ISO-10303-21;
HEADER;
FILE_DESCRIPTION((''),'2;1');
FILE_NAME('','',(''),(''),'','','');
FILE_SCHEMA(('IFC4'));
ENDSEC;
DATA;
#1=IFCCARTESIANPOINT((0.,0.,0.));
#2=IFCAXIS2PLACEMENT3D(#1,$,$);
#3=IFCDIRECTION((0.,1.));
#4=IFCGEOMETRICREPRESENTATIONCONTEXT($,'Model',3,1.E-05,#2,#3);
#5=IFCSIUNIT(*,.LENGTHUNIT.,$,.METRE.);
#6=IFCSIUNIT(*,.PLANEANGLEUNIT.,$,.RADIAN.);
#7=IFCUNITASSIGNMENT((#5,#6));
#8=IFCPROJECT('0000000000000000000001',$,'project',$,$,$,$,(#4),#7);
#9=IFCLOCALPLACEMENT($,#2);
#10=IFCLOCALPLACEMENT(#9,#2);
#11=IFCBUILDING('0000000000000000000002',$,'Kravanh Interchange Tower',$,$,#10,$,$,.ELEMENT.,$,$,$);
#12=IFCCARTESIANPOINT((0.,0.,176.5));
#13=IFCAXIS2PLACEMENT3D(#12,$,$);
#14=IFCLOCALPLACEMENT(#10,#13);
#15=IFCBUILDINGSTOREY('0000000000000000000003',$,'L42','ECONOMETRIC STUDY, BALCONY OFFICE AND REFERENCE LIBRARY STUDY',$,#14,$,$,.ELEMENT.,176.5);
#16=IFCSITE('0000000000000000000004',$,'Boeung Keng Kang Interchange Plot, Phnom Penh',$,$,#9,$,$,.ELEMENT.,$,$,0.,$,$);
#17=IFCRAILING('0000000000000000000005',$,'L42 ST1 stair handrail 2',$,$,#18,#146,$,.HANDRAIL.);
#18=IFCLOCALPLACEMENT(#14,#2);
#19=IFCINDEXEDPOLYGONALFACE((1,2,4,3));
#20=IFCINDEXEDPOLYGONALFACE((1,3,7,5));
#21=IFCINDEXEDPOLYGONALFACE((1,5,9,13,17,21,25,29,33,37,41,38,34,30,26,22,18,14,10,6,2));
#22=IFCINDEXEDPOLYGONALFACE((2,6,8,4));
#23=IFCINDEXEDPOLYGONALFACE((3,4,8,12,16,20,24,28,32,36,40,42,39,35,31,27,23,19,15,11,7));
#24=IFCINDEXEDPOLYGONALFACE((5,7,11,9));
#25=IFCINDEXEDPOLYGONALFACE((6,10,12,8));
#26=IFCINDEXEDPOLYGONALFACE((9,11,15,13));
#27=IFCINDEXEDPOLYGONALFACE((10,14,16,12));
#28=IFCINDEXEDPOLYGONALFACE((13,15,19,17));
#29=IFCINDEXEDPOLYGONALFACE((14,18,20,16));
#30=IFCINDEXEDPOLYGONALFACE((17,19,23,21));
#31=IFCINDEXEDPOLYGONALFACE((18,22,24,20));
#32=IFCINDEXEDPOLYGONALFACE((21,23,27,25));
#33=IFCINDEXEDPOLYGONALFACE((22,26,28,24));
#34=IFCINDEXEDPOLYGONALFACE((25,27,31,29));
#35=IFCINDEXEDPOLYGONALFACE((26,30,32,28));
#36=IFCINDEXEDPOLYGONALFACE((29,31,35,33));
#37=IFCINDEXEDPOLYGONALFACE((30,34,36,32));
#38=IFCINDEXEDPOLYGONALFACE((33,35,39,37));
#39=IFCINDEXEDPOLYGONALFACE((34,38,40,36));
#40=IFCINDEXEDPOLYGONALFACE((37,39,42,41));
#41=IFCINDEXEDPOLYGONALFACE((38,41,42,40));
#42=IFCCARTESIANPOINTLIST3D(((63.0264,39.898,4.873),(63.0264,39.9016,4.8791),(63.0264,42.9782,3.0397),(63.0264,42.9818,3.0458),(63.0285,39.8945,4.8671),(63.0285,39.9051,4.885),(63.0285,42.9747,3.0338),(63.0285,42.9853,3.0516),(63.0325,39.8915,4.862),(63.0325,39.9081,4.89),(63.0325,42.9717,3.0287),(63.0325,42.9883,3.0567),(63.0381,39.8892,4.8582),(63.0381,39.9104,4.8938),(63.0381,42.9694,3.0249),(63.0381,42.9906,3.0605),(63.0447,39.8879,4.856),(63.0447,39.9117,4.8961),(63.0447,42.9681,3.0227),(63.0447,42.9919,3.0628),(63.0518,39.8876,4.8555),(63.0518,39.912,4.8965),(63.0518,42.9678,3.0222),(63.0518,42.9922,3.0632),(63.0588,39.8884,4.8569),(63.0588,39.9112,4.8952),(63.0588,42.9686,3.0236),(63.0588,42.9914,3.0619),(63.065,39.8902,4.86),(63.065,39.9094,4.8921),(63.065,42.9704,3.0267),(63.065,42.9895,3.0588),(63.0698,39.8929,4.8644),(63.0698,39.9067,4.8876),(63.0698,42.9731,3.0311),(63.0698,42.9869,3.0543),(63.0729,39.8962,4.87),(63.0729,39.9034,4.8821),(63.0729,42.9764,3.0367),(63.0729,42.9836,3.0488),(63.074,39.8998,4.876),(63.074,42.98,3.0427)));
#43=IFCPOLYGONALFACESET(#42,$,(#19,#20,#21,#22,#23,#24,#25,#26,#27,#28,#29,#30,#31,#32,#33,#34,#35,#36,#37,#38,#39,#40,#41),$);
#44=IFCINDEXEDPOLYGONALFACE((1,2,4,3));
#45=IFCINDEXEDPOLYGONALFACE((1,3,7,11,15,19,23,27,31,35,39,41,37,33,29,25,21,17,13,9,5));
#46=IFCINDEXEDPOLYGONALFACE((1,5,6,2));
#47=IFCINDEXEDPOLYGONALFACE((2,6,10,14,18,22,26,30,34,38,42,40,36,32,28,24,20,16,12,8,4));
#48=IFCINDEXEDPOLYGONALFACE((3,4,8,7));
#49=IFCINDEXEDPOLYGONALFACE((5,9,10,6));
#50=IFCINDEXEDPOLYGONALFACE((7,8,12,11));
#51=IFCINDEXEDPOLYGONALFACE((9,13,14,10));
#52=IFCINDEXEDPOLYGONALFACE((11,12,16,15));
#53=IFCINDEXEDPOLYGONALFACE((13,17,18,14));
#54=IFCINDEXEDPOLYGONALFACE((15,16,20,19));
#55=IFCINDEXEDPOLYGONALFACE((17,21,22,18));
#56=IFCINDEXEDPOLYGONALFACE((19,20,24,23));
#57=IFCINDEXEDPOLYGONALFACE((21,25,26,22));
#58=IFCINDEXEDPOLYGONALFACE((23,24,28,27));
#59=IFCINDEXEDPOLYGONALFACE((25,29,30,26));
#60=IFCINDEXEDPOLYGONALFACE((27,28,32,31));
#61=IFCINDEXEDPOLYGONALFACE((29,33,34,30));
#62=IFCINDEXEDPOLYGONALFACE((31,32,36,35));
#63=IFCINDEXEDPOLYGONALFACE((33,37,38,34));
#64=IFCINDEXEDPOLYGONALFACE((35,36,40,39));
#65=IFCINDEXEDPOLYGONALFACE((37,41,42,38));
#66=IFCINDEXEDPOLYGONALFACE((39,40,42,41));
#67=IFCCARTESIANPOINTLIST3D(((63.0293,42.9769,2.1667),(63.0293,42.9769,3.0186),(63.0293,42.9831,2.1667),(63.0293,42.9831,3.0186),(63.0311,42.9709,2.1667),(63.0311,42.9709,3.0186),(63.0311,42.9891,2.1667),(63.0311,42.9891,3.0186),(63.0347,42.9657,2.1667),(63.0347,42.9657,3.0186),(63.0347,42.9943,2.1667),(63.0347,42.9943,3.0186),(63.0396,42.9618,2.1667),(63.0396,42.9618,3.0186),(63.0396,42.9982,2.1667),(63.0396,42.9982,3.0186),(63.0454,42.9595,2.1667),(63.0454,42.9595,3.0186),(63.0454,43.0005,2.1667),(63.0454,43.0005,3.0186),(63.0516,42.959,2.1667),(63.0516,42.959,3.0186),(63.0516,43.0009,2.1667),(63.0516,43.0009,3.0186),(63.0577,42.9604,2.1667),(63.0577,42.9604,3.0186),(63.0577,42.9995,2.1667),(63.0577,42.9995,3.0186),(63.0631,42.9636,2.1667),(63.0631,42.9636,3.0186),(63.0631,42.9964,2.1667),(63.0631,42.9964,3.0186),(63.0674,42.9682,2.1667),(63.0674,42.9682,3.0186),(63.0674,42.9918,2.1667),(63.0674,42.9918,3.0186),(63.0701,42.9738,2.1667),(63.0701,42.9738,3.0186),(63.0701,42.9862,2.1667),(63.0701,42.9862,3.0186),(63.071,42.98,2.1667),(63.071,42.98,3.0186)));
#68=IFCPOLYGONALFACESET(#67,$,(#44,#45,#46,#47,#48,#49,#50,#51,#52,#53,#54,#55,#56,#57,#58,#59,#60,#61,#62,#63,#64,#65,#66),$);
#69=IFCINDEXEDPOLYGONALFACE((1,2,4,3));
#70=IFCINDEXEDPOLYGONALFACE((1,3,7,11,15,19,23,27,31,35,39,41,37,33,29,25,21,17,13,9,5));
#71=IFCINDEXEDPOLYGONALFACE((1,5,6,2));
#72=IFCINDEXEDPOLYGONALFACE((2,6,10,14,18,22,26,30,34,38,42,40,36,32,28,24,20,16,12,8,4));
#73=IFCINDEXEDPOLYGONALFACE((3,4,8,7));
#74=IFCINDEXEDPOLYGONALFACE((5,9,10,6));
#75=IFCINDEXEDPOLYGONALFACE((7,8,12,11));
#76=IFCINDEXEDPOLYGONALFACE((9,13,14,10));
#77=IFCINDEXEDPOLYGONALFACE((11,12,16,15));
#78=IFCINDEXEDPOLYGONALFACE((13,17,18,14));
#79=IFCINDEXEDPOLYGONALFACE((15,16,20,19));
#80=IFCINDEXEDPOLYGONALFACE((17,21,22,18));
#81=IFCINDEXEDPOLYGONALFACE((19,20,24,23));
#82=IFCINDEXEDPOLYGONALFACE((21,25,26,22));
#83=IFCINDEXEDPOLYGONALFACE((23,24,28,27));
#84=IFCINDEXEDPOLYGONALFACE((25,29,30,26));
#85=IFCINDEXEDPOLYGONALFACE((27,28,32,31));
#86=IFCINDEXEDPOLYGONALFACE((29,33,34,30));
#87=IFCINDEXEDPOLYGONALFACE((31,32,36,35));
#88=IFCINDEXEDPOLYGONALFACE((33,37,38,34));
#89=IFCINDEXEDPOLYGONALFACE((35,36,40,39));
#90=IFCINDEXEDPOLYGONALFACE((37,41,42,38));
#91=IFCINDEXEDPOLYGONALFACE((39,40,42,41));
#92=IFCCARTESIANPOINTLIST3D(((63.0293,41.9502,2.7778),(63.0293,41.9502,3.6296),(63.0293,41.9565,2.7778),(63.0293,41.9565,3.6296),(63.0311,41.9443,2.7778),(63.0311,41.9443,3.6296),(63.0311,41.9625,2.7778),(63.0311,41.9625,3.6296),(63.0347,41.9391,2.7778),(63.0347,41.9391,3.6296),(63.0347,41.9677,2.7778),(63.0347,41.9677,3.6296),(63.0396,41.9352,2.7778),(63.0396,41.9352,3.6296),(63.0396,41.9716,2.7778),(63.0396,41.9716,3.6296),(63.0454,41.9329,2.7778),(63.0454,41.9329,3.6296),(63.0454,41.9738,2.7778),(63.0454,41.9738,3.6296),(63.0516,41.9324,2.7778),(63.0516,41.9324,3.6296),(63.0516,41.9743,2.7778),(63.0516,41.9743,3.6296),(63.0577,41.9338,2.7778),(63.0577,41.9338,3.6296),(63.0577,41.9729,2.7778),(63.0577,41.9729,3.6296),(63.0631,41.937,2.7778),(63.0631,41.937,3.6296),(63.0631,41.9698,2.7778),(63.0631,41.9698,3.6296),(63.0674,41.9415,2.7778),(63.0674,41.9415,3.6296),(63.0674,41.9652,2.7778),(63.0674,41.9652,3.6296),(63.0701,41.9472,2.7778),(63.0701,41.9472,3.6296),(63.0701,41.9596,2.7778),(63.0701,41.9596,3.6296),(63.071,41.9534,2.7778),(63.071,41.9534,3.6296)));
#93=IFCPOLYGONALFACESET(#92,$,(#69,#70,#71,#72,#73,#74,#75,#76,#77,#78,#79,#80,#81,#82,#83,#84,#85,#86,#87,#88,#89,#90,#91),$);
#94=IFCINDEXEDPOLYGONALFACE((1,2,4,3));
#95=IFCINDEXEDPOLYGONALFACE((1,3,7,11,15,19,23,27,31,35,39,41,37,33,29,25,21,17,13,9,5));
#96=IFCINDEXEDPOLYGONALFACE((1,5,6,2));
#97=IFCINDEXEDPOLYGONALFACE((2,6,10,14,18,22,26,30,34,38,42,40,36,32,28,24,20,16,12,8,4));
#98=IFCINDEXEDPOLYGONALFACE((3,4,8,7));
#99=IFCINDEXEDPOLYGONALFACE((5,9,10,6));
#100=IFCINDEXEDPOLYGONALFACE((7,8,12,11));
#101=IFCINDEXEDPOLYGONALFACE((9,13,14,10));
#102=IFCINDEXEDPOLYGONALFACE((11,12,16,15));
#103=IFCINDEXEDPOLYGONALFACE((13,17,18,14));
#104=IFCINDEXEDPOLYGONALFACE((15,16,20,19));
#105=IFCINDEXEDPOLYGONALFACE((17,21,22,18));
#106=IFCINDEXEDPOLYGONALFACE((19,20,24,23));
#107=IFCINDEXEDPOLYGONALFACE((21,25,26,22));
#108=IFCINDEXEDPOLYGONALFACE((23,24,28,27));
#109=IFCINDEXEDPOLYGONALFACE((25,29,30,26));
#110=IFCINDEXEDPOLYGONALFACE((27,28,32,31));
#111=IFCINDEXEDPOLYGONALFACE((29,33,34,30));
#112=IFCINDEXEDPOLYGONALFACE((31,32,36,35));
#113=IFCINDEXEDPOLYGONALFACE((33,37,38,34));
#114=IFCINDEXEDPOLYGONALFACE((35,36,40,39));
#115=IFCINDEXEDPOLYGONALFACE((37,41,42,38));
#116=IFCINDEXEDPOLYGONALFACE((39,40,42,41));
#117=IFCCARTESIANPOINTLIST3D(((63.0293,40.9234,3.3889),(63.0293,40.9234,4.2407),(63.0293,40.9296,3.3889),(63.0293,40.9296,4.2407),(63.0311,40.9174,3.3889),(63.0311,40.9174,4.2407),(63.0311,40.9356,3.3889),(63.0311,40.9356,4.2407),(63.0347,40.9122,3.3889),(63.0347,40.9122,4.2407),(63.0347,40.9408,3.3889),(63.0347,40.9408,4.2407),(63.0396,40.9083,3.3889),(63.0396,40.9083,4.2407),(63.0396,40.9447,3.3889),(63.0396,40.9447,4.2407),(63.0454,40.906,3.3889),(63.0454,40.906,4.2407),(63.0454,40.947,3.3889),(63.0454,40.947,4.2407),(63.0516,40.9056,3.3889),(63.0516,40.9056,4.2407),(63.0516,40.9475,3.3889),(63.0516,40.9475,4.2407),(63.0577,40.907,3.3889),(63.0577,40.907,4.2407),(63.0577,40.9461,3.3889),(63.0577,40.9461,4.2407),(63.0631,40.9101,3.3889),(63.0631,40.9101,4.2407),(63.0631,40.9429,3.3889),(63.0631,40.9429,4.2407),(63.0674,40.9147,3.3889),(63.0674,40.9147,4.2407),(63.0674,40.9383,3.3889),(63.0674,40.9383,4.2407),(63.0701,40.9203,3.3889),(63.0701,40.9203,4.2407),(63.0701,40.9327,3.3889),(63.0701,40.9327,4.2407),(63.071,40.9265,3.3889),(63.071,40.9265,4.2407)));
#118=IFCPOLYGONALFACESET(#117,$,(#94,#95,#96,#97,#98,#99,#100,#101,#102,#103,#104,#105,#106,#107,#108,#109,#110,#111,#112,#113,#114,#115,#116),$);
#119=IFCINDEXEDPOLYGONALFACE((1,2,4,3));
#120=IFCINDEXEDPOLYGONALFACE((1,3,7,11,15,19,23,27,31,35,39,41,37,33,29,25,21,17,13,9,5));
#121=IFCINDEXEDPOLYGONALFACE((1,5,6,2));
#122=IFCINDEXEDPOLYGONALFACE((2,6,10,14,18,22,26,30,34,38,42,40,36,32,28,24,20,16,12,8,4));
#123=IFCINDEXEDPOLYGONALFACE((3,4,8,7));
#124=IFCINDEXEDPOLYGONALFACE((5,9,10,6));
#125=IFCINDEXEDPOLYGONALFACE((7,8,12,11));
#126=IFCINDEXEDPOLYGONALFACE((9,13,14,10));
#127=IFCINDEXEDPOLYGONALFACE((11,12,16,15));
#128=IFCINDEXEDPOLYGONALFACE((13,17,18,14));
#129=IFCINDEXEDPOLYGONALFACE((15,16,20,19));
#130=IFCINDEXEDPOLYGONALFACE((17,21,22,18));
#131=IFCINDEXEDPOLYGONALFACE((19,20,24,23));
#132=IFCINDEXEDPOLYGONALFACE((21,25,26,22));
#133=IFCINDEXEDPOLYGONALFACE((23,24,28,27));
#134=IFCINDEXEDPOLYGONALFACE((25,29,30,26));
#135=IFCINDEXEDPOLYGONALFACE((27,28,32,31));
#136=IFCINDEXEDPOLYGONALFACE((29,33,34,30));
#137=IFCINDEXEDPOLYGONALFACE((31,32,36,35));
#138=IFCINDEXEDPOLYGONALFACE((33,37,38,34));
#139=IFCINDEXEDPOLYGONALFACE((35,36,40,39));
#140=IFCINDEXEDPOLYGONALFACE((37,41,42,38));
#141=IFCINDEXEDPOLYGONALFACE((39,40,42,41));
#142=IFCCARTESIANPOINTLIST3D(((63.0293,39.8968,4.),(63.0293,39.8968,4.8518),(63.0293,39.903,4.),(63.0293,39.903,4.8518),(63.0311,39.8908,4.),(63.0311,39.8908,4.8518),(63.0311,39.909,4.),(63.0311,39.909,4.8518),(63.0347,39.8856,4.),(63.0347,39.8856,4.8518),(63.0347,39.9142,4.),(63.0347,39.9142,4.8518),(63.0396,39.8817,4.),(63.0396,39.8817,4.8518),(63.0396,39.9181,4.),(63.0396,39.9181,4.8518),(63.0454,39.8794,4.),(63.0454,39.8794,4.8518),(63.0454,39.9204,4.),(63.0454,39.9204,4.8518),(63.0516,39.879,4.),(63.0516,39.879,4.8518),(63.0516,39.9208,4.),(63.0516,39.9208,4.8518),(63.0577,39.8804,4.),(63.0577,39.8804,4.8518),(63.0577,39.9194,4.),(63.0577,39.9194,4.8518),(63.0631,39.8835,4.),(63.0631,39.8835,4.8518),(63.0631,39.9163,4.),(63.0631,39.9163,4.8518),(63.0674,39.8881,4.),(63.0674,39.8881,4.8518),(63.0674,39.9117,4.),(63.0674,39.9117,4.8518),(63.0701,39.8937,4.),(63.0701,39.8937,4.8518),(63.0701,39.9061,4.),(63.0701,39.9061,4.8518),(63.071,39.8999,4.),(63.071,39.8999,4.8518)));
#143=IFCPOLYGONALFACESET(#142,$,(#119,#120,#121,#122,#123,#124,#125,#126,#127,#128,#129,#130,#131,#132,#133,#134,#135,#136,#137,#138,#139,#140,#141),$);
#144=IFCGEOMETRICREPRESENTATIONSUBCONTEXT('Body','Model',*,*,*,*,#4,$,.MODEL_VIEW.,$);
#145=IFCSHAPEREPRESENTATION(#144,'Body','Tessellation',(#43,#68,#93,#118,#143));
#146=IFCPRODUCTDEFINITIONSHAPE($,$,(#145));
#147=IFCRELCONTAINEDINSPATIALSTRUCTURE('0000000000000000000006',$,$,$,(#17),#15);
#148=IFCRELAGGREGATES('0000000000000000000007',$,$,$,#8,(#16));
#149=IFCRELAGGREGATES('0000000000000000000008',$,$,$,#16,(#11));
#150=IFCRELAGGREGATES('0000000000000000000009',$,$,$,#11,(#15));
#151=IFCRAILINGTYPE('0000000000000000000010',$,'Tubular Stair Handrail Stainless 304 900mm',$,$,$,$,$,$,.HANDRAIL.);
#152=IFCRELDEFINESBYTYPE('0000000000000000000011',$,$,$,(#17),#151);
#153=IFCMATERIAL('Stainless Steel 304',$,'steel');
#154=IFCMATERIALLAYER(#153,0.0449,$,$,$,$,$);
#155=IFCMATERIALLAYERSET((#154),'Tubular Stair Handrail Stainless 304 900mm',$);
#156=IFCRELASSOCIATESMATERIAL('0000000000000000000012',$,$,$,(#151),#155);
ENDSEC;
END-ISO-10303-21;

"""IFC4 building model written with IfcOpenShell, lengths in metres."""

from ifc_helpers import new_model, si_unit, direction, frame, origin, origin_2d, place, context, subcontext, project, spatial, circle, extrude, material, layer, layer_set, type_object, element, save


model = new_model("IFC4")

# Units and contexts
model_context = context("Model", 3, precision=1e-05, world=origin(), true_north=direction((0.0, 1.0)))
body_context = subcontext(model_context, "Body", "Model", "MODEL_VIEW")
ifc_project = project(units=[si_unit("LENGTHUNIT", "METRE"), si_unit("PLANEANGLEUNIT", "RADIAN")], contexts=[model_context])

# Site, building, storey
site_placement = place(None, origin())
site = spatial("IfcSite", under=ifc_project, at=site_placement, Name="Boeung Keng Kang Interchange Plot, Phnom Penh", CompositionType="ELEMENT", RefElevation=0.0)
building_placement = place(site_placement, origin())
building = spatial("IfcBuilding", under=site, at=building_placement, Name="Kravanh Interchange Tower", CompositionType="ELEMENT")
storey_placement = place(building_placement, frame((0.0, 0.0, 176.5)))
storey = spatial("IfcBuildingStorey", under=building, at=storey_placement, Name="L42", Description="ECONOMETRIC STUDY, BALCONY OFFICE AND REFERENCE LIBRARY STUDY", CompositionType="ELEMENT", Elevation=176.5)

# Railing
ifc_material_1 = material(Name="Stainless Steel 304", Category="steel")
ifc_layer_1 = layer(ifc_material_1, 0.0449)
ifc_layer_set_1 = layer_set([ifc_layer_1], Name="Tubular Stair Handrail Stainless 304 900mm")
railing_type_1 = type_object("IfcRailingType", Name="Tubular Stair Handrail Stainless 304 900mm", PredefinedType="HANDRAIL", material=ifc_layer_set_1)
railing_1_placement = place(storey_placement, frame((63.05, 42.98, 2.1667)))
element("IfcRailing", 1, at=railing_1_placement, inside=storey, type_object=railing_type_1, Name="L42 ST1 stair handrail 2", PredefinedType="HANDRAIL", context=body_context, shape_type="SweptSolid", body=[
    extrude(circle(Radius=0.0239, at=origin_2d()), frame((0.0, 0.0, 0.876), z_axis=(0.0, -0.859309, 0.511458), x_axis=(1.0, 0.0, 0.0)), (0.0, 0.0, 1.0), 3.5845),
    extrude(circle(Radius=0.021, at=origin_2d()), origin(), (0.0, 0.0, 1.0), 0.8518),
    extrude(circle(Radius=0.021, at=origin_2d()), frame((0.0, -1.0266, 0.6111)), (0.0, 0.0, 1.0), 0.8518),
    extrude(circle(Radius=0.021, at=origin_2d()), frame((0.0, -2.0535, 1.2222)), (0.0, 0.0, 1.0), 0.8518),
    extrude(circle(Radius=0.021, at=origin_2d()), frame((0.0, -3.0801, 1.8333)), (0.0, 0.0, 1.0), 0.8518),
])

save(model, "model.ifc")
